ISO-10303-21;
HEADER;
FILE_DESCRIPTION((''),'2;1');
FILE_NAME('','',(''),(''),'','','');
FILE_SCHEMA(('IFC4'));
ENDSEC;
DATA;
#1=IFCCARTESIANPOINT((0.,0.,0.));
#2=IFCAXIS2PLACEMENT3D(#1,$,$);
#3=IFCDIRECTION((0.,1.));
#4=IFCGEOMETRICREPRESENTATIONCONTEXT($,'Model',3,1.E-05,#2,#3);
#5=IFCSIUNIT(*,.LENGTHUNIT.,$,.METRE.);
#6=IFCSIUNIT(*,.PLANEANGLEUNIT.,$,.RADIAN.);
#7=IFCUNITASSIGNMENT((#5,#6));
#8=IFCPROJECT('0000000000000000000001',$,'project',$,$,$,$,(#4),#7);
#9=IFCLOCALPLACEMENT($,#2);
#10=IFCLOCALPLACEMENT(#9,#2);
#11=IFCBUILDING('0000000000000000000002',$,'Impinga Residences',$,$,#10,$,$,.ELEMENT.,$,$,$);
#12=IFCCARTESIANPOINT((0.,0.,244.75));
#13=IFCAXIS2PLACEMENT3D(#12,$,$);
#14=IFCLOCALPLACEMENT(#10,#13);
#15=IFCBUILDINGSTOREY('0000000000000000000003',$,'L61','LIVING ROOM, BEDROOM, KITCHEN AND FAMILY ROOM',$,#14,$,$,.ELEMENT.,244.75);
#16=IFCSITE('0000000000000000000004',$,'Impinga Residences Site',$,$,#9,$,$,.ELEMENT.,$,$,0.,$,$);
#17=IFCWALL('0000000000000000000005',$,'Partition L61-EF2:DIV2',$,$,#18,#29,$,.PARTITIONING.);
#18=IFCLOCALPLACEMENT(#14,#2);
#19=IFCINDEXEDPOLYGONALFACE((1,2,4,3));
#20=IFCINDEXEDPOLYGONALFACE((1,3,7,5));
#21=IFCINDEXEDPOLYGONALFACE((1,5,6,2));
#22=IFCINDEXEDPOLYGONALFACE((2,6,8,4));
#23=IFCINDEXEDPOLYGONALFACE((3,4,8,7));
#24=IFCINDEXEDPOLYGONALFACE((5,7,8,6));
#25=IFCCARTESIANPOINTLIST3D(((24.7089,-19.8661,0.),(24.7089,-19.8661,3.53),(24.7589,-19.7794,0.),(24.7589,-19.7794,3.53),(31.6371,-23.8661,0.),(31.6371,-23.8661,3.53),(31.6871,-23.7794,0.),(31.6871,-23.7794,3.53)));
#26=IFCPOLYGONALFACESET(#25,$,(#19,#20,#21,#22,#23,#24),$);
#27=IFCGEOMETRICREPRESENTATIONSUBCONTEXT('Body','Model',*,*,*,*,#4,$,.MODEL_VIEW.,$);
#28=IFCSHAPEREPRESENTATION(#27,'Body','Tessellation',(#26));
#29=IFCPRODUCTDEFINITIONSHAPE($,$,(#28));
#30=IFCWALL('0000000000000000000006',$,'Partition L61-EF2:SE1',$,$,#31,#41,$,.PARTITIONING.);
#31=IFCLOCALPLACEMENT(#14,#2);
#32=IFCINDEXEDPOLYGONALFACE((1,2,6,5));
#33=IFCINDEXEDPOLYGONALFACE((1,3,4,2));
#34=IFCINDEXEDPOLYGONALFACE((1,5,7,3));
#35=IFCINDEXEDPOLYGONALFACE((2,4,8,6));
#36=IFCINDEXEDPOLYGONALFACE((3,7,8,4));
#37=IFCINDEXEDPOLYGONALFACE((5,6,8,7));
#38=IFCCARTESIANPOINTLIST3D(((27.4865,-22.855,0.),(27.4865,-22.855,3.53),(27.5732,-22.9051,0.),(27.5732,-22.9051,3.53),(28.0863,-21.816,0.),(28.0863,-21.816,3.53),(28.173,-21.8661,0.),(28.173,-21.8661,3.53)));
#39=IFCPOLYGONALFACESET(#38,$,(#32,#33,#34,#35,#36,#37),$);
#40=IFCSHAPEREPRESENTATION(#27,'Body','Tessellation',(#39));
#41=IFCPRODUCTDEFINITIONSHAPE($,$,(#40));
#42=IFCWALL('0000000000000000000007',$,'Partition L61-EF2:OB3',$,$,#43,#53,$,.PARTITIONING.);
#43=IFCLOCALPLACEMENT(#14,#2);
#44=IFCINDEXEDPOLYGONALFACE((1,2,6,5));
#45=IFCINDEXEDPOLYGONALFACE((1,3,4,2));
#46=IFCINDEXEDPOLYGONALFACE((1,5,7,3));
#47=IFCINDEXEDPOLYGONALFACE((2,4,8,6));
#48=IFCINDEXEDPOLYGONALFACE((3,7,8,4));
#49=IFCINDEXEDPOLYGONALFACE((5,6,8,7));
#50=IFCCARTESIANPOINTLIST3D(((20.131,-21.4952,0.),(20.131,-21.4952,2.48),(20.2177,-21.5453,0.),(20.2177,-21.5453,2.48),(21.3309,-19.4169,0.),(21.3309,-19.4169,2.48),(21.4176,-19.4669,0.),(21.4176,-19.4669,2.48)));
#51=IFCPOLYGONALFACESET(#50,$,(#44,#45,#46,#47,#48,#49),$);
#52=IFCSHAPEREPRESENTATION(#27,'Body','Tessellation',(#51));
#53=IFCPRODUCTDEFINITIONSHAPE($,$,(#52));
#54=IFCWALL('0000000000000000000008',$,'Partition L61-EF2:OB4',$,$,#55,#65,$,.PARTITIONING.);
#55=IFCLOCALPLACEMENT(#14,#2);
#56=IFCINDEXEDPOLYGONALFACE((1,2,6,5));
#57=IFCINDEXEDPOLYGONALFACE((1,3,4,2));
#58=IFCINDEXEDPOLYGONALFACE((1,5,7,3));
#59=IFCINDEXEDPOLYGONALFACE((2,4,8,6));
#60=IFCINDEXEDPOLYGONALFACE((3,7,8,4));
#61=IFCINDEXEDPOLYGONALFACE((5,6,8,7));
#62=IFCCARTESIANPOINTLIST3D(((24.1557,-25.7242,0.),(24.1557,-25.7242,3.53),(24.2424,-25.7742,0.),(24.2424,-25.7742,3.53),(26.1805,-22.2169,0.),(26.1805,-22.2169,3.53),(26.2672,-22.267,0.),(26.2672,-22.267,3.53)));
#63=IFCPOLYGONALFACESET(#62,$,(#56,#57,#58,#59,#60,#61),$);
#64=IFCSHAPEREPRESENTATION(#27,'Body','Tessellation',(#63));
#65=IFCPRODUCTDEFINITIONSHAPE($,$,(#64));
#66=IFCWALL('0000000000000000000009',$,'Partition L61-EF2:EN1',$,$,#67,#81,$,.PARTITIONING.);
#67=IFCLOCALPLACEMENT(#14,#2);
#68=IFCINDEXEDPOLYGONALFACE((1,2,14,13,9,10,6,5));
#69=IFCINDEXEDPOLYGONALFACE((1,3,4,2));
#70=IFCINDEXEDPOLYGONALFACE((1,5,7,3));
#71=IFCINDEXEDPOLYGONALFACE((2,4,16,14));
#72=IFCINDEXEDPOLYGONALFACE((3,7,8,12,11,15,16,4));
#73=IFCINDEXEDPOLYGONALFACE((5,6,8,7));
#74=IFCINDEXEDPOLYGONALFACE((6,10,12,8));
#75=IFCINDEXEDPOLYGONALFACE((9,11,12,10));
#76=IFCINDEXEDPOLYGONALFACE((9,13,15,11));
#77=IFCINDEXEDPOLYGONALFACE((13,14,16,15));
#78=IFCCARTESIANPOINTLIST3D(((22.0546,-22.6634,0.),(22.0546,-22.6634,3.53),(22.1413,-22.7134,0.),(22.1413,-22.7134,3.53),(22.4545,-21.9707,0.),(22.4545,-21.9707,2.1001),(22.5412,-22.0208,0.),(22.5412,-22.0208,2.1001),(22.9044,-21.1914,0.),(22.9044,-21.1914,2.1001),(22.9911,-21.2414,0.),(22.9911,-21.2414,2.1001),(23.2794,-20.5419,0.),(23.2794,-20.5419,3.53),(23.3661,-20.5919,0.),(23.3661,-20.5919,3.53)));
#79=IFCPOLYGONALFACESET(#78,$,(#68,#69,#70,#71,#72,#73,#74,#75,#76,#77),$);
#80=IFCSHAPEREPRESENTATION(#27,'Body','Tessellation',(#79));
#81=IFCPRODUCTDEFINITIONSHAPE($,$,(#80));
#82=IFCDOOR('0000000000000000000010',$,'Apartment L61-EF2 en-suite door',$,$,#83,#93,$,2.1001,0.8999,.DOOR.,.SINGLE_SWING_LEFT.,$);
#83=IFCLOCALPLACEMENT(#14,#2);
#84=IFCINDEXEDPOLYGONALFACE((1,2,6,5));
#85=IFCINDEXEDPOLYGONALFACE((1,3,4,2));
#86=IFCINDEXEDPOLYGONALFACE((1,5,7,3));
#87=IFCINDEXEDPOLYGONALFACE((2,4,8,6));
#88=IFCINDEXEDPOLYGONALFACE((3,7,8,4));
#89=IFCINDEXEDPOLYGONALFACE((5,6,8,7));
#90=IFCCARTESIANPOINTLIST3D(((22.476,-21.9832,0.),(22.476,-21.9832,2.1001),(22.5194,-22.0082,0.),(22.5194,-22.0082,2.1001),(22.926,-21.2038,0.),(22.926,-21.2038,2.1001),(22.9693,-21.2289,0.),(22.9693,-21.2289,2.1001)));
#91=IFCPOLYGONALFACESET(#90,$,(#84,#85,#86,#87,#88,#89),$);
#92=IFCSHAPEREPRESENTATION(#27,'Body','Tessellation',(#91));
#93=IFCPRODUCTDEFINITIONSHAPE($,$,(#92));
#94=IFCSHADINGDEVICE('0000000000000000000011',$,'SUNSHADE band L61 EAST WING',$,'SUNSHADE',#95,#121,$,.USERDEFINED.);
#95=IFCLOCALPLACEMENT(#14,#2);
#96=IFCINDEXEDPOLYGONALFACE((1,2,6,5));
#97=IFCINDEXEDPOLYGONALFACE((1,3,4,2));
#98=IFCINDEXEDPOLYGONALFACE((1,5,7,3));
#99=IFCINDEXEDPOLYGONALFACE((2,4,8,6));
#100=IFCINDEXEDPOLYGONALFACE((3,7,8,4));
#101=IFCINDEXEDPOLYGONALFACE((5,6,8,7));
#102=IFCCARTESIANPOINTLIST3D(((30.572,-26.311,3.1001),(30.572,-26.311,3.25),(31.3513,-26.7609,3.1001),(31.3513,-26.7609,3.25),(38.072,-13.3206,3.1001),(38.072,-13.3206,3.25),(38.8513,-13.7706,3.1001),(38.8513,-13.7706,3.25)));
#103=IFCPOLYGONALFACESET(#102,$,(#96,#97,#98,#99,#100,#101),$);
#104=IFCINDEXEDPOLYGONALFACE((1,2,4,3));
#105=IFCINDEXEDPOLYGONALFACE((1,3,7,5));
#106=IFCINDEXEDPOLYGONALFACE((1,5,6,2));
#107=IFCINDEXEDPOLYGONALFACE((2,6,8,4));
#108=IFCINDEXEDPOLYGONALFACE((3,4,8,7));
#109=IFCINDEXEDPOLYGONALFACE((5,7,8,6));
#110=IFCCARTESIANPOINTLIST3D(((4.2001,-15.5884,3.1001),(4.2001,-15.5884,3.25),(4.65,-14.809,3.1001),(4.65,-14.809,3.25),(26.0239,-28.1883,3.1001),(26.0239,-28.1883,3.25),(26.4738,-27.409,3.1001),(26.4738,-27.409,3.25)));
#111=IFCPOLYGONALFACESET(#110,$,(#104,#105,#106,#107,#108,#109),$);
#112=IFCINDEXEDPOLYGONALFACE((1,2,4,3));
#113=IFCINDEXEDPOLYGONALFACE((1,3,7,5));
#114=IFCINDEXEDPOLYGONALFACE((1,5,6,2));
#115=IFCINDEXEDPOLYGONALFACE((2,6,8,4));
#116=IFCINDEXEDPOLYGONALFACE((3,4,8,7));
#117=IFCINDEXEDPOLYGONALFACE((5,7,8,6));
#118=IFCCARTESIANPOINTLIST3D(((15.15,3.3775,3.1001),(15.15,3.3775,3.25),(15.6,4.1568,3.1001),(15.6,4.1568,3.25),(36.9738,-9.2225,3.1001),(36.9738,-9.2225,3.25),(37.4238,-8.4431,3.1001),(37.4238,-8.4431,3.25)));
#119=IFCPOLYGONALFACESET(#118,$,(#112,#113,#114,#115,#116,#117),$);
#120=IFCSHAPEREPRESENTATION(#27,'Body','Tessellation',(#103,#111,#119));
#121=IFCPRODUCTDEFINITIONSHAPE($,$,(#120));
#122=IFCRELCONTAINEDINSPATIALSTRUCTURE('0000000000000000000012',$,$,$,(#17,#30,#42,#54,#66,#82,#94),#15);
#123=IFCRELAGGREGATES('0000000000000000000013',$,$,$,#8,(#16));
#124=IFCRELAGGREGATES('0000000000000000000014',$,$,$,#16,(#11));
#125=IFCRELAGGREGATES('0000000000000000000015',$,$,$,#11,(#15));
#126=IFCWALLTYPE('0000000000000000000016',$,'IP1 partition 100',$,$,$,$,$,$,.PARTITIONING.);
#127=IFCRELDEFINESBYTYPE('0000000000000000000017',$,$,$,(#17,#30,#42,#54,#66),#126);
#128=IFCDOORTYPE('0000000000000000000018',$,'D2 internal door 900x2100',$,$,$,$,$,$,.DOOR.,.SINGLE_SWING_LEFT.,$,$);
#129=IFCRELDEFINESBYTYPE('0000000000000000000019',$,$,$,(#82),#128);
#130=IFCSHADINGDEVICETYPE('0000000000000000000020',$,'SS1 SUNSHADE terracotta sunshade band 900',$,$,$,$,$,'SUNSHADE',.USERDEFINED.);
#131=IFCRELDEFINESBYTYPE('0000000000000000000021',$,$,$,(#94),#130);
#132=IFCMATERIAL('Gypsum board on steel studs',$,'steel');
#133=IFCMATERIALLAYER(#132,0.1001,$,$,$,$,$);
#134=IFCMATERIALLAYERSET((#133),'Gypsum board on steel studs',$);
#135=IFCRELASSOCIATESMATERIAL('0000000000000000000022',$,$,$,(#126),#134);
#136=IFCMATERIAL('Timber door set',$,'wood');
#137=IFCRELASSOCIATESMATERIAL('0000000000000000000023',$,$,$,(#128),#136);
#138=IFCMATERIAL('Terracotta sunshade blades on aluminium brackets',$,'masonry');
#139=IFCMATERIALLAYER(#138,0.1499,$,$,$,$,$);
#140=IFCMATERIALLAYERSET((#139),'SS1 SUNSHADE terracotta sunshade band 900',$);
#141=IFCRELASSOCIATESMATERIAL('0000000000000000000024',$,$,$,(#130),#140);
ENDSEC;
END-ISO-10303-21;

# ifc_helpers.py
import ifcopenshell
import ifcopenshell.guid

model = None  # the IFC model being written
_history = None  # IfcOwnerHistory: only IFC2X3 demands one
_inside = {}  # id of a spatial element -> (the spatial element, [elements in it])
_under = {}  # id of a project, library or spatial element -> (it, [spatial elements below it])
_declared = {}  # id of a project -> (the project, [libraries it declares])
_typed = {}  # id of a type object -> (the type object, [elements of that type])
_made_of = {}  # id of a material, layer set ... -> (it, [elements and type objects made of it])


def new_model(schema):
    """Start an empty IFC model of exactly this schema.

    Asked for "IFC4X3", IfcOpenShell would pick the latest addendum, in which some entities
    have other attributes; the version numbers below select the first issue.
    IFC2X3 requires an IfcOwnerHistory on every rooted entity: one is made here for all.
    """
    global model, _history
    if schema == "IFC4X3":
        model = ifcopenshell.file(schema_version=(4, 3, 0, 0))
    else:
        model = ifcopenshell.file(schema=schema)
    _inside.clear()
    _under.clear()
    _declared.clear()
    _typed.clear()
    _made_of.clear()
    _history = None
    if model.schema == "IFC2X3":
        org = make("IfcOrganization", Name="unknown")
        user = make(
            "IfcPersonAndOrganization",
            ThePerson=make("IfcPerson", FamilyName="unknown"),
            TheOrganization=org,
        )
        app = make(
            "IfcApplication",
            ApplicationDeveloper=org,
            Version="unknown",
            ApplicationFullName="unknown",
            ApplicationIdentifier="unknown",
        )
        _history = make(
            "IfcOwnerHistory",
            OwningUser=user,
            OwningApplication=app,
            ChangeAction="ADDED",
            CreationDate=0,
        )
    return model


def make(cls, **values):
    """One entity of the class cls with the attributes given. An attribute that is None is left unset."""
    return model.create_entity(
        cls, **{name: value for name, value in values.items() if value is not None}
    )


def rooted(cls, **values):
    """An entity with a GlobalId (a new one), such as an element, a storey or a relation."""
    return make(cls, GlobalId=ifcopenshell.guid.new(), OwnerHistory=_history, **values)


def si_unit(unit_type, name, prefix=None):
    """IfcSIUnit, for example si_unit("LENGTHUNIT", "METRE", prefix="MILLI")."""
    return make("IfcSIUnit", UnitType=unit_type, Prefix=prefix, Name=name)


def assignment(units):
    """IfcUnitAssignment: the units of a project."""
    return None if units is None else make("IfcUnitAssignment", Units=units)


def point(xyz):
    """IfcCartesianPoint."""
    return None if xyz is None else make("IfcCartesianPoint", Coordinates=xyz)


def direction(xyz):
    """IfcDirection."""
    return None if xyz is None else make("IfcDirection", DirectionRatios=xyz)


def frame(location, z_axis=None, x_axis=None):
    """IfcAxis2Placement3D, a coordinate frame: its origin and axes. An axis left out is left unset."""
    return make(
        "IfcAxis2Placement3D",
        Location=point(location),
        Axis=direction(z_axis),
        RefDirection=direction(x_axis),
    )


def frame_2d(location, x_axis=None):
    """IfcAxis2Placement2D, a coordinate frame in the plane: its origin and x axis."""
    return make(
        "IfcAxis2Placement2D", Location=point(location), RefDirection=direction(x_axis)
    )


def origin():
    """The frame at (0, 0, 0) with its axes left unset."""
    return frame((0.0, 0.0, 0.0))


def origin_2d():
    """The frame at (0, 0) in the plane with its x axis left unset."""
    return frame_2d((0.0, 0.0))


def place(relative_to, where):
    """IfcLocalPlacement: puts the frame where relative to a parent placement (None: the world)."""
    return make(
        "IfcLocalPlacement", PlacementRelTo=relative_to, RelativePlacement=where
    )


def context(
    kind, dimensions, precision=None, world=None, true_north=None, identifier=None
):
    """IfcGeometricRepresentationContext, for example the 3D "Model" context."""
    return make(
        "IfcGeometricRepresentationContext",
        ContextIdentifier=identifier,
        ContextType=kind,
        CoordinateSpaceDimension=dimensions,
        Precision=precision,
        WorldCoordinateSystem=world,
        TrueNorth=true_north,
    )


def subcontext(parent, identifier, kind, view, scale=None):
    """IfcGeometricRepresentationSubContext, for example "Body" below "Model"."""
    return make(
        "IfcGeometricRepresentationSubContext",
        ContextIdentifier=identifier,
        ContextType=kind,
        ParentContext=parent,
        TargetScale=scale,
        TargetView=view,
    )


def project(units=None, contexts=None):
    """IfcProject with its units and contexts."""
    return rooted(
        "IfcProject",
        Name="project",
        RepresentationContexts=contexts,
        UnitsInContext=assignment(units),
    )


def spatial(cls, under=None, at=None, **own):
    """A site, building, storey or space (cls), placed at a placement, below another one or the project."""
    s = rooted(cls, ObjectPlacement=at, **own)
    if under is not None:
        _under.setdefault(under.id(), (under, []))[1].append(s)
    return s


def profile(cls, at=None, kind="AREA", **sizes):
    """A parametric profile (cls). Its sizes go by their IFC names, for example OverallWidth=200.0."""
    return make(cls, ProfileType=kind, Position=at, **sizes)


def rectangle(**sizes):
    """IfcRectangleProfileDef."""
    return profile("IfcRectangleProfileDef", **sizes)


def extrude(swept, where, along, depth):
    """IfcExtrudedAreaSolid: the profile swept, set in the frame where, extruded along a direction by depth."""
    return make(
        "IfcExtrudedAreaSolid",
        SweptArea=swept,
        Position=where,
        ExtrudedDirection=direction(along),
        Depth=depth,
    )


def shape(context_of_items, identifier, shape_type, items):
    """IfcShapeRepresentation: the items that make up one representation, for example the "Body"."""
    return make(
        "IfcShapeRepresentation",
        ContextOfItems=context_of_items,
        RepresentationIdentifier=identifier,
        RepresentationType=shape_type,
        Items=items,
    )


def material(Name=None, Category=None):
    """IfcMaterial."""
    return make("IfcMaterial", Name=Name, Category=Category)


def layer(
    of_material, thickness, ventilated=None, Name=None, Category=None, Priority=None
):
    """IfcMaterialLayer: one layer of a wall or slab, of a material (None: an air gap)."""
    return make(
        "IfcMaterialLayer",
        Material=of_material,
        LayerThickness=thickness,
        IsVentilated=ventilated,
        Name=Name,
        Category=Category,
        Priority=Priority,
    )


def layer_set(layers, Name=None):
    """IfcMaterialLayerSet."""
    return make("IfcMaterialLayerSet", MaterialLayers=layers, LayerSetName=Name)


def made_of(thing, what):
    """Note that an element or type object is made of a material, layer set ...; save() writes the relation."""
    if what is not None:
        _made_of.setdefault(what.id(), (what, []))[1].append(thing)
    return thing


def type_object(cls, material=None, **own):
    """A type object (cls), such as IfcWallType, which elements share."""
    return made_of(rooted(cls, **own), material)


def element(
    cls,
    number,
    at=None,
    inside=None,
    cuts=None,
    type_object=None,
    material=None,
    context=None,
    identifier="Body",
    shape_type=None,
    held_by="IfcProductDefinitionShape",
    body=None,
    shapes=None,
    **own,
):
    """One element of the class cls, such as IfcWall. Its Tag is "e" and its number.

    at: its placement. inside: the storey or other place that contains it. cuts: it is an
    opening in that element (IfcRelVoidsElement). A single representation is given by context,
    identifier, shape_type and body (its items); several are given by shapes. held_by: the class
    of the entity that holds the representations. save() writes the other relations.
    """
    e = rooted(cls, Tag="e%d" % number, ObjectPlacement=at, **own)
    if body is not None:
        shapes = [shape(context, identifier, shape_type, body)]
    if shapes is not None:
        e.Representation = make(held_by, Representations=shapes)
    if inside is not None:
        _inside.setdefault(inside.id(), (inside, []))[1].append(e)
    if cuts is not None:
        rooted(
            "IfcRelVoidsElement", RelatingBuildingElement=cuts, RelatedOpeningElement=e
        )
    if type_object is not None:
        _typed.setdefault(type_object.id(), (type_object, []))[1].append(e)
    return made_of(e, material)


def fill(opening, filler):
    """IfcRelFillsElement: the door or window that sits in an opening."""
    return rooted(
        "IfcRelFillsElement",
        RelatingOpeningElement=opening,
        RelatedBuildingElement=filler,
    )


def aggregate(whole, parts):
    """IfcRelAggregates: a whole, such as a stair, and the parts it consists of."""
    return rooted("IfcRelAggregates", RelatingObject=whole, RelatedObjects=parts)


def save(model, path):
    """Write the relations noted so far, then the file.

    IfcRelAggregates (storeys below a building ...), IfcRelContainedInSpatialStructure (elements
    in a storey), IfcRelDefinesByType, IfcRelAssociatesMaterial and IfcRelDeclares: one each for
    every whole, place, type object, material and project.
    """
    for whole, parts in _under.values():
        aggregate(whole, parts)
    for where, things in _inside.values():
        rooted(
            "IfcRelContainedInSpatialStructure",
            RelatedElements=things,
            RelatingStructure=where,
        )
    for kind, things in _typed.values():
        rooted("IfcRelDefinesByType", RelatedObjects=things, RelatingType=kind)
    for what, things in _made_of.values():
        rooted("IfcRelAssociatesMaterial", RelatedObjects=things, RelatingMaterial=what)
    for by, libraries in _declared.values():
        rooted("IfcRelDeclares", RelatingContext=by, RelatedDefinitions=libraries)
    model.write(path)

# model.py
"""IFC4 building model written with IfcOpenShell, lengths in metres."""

from ifc_helpers import new_model, si_unit, direction, frame, frame_2d, origin, origin_2d, place, context, subcontext, project, spatial, rectangle, extrude, material, layer, layer_set, type_object, element, fill, save


model = new_model("IFC4")

# Units and contexts
model_context = context("Model", 3, precision=1e-05, world=origin(), true_north=direction((0.0, 1.0)))
body_context = subcontext(model_context, "Body", "Model", "MODEL_VIEW")
ifc_project = project(units=[si_unit("LENGTHUNIT", "METRE"), si_unit("PLANEANGLEUNIT", "RADIAN")], contexts=[model_context])

# Site, building, storey
site_placement = place(None, origin())
site = spatial("IfcSite", under=ifc_project, at=site_placement, Name="Impinga Residences Site", CompositionType="ELEMENT", RefElevation=0.0)
building_placement = place(site_placement, origin())
building = spatial("IfcBuilding", under=site, at=building_placement, Name="Impinga Residences", CompositionType="ELEMENT")
storey_placement = place(building_placement, frame((0.0, 0.0, 244.75)))
storey = spatial("IfcBuildingStorey", under=building, at=storey_placement, Name="L61", Description="LIVING ROOM, BEDROOM, KITCHEN AND FAMILY ROOM", CompositionType="ELEMENT", Elevation=244.75)

# Walls
ifc_material_1 = material(Name="Gypsum board on steel studs", Category="steel")
ifc_layer_1 = layer(ifc_material_1, 0.1001)
ifc_layer_set_1 = layer_set([ifc_layer_1], Name="Gypsum board on steel studs")
wall_type_1 = type_object("IfcWallType", Name="IP1 partition 100", PredefinedType="PARTITIONING", material=ifc_layer_set_1)
wall_1_placement = place(storey_placement, frame((24.7339, -19.8228, 0.0), z_axis=(0.0, 0.0, 1.0), x_axis=(0.866026, -0.499999, 0.0)))
element("IfcWall", 1, at=wall_1_placement, inside=storey, type_object=wall_type_1, Name="Partition L61-EF2:DIV2", PredefinedType="PARTITIONING", context=body_context, shape_type="SweptSolid", body=[
    extrude(rectangle(XDim=8.0, YDim=0.1001, at=frame_2d((4.0, 0.0))), origin(), (0.0, 0.0, 1.0), 3.53),
])
wall_2_placement = place(storey_placement, frame((28.1296, -21.8411, 0.0), z_axis=(0.0, 0.0, 1.0), x_axis=(-0.499969, -0.866043, 0.0)))
element("IfcWall", 2, at=wall_2_placement, inside=storey, type_object=wall_type_1, Name="Partition L61-EF2:SE1", PredefinedType="PARTITIONING", context=body_context, shape_type="SweptSolid", body=[
    extrude(rectangle(XDim=1.1997, YDim=0.1001, at=frame_2d((0.5999, 0.0))), origin(), (0.0, 0.0, 1.0), 3.53),
])
wall_3_placement = place(storey_placement, frame((21.3743, -19.4419, 0.0), z_axis=(0.0, 0.0, 1.0), x_axis=(-0.500001, -0.866025, 0.0)))
element("IfcWall", 3, at=wall_3_placement, inside=storey, type_object=wall_type_1, Name="Partition L61-EF2:OB3", PredefinedType="PARTITIONING", context=body_context, shape_type="SweptSolid", body=[
    extrude(rectangle(XDim=2.3999, YDim=0.1001, at=frame_2d((1.2, 0.0))), origin(), (0.0, 0.0, 1.0), 2.48),
])
wall_4_placement = place(storey_placement, frame((26.2239, -22.2419, 0.0), z_axis=(0.0, 0.0, 1.0), x_axis=(-0.49999, -0.866031, 0.0)))
element("IfcWall", 4, at=wall_4_placement, inside=storey, type_object=wall_type_1, Name="Partition L61-EF2:OB4", PredefinedType="PARTITIONING", context=body_context, shape_type="SweptSolid", body=[
    extrude(rectangle(XDim=4.0498, YDim=0.1001, at=frame_2d((2.0249, 0.0))), origin(), (0.0, 0.0, 1.0), 3.53),
])

# Wall, opening, door
wall_5_placement = place(storey_placement, frame((23.3228, -20.5669, 0.0), z_axis=(0.0, 0.0, 1.0), x_axis=(-0.499987, -0.866033, 0.0)))
wall_5 = element("IfcWall", 5, at=wall_5_placement, inside=storey, type_object=wall_type_1, Name="Partition L61-EF2:EN1", PredefinedType="PARTITIONING", context=body_context, shape_type="SweptSolid", body=[
    extrude(rectangle(XDim=2.4497, YDim=0.1001, at=frame_2d((1.2249, 0.0))), origin(), (0.0, 0.0, 1.0), 3.53),
])
opening_1_placement = place(wall_5_placement, frame((0.75, 0.0, 0.0)))
opening_1 = element("IfcOpeningElement", 6, at=opening_1_placement, cuts=wall_5, PredefinedType="OPENING", context=body_context, shape_type="SweptSolid", body=[
    extrude(rectangle(XDim=0.8999, YDim=2.1001, at=frame_2d((0.45, 1.05))), frame((0.0, 0.0601, 0.0), z_axis=(0.0, -1.0, 0.0), x_axis=(1.0, 0.0, 0.0)), (0.0, 0.0, 1.0), 0.1201),
])
ifc_material_2 = material(Name="Timber door set", Category="wood")
door_type = type_object("IfcDoorType", Name="D2 internal door 900x2100", OperationType="SINGLE_SWING_LEFT", PredefinedType="DOOR", material=ifc_material_2)
door_placement = place(opening_1_placement, origin())
door = element("IfcDoor", 7, at=door_placement, inside=storey, type_object=door_type, Name="Apartment L61-EF2 en-suite door", OperationType="SINGLE_SWING_LEFT", OverallHeight=2.1001, OverallWidth=0.8999, PredefinedType="DOOR", context=body_context, shape_type="SweptSolid", body=[
    extrude(rectangle(XDim=0.8999, YDim=2.1001, at=frame_2d((0.45, 1.05))), frame((0.0, 0.0249, 0.0), z_axis=(0.0, -1.0, 0.0), x_axis=(1.0, 0.0, 0.0)), (0.0, 0.0, 1.0), 0.05),
])
fill(opening_1, door)

# Shading device
ifc_material_3 = material(Name="Terracotta sunshade blades on aluminium brackets", Category="masonry")
ifc_layer_2 = layer(ifc_material_3, 0.1499)
ifc_layer_set_2 = layer_set([ifc_layer_2], Name="SS1 SUNSHADE terracotta sunshade band 900")
shading_device_type = type_object("IfcShadingDeviceType", Name="SS1 SUNSHADE terracotta sunshade band 900", ElementType="SUNSHADE", PredefinedType="USERDEFINED", material=ifc_layer_set_2)
shading_device_placement = place(storey_placement, frame((34.7117, -20.0408, 3.1001), z_axis=(0.0, 0.0, 1.0), x_axis=(-0.5, -0.866025, 0.0)))
element("IfcShadingDevice", 8, at=shading_device_placement, inside=storey, type_object=shading_device_type, Name="SUNSHADE band L61 EAST WING", ObjectType="SUNSHADE", PredefinedType="USERDEFINED", context=body_context, shape_type="SweptSolid", body=[
    extrude(rectangle(XDim=15.0, YDim=0.8999, at=origin_2d()), origin(), (0.0, 0.0, 1.0), 0.1499),
    extrude(rectangle(XDim=25.2, YDim=0.8999, at=origin_2d()), frame((10.95, -16.05, 0.0), z_axis=(0.0, 0.0, 1.0), x_axis=(0.0, -1.0, 0.0)), (0.0, 0.0, 1.0), 0.1499),
    extrude(rectangle(XDim=25.2, YDim=0.8999, at=origin_2d()), frame((-10.95, -16.05, 0.0), z_axis=(0.0, 0.0, 1.0), x_axis=(0.0, 1.0, 0.0)), (0.0, 0.0, 1.0), 0.1499),
])

save(model, "model.ifc")
